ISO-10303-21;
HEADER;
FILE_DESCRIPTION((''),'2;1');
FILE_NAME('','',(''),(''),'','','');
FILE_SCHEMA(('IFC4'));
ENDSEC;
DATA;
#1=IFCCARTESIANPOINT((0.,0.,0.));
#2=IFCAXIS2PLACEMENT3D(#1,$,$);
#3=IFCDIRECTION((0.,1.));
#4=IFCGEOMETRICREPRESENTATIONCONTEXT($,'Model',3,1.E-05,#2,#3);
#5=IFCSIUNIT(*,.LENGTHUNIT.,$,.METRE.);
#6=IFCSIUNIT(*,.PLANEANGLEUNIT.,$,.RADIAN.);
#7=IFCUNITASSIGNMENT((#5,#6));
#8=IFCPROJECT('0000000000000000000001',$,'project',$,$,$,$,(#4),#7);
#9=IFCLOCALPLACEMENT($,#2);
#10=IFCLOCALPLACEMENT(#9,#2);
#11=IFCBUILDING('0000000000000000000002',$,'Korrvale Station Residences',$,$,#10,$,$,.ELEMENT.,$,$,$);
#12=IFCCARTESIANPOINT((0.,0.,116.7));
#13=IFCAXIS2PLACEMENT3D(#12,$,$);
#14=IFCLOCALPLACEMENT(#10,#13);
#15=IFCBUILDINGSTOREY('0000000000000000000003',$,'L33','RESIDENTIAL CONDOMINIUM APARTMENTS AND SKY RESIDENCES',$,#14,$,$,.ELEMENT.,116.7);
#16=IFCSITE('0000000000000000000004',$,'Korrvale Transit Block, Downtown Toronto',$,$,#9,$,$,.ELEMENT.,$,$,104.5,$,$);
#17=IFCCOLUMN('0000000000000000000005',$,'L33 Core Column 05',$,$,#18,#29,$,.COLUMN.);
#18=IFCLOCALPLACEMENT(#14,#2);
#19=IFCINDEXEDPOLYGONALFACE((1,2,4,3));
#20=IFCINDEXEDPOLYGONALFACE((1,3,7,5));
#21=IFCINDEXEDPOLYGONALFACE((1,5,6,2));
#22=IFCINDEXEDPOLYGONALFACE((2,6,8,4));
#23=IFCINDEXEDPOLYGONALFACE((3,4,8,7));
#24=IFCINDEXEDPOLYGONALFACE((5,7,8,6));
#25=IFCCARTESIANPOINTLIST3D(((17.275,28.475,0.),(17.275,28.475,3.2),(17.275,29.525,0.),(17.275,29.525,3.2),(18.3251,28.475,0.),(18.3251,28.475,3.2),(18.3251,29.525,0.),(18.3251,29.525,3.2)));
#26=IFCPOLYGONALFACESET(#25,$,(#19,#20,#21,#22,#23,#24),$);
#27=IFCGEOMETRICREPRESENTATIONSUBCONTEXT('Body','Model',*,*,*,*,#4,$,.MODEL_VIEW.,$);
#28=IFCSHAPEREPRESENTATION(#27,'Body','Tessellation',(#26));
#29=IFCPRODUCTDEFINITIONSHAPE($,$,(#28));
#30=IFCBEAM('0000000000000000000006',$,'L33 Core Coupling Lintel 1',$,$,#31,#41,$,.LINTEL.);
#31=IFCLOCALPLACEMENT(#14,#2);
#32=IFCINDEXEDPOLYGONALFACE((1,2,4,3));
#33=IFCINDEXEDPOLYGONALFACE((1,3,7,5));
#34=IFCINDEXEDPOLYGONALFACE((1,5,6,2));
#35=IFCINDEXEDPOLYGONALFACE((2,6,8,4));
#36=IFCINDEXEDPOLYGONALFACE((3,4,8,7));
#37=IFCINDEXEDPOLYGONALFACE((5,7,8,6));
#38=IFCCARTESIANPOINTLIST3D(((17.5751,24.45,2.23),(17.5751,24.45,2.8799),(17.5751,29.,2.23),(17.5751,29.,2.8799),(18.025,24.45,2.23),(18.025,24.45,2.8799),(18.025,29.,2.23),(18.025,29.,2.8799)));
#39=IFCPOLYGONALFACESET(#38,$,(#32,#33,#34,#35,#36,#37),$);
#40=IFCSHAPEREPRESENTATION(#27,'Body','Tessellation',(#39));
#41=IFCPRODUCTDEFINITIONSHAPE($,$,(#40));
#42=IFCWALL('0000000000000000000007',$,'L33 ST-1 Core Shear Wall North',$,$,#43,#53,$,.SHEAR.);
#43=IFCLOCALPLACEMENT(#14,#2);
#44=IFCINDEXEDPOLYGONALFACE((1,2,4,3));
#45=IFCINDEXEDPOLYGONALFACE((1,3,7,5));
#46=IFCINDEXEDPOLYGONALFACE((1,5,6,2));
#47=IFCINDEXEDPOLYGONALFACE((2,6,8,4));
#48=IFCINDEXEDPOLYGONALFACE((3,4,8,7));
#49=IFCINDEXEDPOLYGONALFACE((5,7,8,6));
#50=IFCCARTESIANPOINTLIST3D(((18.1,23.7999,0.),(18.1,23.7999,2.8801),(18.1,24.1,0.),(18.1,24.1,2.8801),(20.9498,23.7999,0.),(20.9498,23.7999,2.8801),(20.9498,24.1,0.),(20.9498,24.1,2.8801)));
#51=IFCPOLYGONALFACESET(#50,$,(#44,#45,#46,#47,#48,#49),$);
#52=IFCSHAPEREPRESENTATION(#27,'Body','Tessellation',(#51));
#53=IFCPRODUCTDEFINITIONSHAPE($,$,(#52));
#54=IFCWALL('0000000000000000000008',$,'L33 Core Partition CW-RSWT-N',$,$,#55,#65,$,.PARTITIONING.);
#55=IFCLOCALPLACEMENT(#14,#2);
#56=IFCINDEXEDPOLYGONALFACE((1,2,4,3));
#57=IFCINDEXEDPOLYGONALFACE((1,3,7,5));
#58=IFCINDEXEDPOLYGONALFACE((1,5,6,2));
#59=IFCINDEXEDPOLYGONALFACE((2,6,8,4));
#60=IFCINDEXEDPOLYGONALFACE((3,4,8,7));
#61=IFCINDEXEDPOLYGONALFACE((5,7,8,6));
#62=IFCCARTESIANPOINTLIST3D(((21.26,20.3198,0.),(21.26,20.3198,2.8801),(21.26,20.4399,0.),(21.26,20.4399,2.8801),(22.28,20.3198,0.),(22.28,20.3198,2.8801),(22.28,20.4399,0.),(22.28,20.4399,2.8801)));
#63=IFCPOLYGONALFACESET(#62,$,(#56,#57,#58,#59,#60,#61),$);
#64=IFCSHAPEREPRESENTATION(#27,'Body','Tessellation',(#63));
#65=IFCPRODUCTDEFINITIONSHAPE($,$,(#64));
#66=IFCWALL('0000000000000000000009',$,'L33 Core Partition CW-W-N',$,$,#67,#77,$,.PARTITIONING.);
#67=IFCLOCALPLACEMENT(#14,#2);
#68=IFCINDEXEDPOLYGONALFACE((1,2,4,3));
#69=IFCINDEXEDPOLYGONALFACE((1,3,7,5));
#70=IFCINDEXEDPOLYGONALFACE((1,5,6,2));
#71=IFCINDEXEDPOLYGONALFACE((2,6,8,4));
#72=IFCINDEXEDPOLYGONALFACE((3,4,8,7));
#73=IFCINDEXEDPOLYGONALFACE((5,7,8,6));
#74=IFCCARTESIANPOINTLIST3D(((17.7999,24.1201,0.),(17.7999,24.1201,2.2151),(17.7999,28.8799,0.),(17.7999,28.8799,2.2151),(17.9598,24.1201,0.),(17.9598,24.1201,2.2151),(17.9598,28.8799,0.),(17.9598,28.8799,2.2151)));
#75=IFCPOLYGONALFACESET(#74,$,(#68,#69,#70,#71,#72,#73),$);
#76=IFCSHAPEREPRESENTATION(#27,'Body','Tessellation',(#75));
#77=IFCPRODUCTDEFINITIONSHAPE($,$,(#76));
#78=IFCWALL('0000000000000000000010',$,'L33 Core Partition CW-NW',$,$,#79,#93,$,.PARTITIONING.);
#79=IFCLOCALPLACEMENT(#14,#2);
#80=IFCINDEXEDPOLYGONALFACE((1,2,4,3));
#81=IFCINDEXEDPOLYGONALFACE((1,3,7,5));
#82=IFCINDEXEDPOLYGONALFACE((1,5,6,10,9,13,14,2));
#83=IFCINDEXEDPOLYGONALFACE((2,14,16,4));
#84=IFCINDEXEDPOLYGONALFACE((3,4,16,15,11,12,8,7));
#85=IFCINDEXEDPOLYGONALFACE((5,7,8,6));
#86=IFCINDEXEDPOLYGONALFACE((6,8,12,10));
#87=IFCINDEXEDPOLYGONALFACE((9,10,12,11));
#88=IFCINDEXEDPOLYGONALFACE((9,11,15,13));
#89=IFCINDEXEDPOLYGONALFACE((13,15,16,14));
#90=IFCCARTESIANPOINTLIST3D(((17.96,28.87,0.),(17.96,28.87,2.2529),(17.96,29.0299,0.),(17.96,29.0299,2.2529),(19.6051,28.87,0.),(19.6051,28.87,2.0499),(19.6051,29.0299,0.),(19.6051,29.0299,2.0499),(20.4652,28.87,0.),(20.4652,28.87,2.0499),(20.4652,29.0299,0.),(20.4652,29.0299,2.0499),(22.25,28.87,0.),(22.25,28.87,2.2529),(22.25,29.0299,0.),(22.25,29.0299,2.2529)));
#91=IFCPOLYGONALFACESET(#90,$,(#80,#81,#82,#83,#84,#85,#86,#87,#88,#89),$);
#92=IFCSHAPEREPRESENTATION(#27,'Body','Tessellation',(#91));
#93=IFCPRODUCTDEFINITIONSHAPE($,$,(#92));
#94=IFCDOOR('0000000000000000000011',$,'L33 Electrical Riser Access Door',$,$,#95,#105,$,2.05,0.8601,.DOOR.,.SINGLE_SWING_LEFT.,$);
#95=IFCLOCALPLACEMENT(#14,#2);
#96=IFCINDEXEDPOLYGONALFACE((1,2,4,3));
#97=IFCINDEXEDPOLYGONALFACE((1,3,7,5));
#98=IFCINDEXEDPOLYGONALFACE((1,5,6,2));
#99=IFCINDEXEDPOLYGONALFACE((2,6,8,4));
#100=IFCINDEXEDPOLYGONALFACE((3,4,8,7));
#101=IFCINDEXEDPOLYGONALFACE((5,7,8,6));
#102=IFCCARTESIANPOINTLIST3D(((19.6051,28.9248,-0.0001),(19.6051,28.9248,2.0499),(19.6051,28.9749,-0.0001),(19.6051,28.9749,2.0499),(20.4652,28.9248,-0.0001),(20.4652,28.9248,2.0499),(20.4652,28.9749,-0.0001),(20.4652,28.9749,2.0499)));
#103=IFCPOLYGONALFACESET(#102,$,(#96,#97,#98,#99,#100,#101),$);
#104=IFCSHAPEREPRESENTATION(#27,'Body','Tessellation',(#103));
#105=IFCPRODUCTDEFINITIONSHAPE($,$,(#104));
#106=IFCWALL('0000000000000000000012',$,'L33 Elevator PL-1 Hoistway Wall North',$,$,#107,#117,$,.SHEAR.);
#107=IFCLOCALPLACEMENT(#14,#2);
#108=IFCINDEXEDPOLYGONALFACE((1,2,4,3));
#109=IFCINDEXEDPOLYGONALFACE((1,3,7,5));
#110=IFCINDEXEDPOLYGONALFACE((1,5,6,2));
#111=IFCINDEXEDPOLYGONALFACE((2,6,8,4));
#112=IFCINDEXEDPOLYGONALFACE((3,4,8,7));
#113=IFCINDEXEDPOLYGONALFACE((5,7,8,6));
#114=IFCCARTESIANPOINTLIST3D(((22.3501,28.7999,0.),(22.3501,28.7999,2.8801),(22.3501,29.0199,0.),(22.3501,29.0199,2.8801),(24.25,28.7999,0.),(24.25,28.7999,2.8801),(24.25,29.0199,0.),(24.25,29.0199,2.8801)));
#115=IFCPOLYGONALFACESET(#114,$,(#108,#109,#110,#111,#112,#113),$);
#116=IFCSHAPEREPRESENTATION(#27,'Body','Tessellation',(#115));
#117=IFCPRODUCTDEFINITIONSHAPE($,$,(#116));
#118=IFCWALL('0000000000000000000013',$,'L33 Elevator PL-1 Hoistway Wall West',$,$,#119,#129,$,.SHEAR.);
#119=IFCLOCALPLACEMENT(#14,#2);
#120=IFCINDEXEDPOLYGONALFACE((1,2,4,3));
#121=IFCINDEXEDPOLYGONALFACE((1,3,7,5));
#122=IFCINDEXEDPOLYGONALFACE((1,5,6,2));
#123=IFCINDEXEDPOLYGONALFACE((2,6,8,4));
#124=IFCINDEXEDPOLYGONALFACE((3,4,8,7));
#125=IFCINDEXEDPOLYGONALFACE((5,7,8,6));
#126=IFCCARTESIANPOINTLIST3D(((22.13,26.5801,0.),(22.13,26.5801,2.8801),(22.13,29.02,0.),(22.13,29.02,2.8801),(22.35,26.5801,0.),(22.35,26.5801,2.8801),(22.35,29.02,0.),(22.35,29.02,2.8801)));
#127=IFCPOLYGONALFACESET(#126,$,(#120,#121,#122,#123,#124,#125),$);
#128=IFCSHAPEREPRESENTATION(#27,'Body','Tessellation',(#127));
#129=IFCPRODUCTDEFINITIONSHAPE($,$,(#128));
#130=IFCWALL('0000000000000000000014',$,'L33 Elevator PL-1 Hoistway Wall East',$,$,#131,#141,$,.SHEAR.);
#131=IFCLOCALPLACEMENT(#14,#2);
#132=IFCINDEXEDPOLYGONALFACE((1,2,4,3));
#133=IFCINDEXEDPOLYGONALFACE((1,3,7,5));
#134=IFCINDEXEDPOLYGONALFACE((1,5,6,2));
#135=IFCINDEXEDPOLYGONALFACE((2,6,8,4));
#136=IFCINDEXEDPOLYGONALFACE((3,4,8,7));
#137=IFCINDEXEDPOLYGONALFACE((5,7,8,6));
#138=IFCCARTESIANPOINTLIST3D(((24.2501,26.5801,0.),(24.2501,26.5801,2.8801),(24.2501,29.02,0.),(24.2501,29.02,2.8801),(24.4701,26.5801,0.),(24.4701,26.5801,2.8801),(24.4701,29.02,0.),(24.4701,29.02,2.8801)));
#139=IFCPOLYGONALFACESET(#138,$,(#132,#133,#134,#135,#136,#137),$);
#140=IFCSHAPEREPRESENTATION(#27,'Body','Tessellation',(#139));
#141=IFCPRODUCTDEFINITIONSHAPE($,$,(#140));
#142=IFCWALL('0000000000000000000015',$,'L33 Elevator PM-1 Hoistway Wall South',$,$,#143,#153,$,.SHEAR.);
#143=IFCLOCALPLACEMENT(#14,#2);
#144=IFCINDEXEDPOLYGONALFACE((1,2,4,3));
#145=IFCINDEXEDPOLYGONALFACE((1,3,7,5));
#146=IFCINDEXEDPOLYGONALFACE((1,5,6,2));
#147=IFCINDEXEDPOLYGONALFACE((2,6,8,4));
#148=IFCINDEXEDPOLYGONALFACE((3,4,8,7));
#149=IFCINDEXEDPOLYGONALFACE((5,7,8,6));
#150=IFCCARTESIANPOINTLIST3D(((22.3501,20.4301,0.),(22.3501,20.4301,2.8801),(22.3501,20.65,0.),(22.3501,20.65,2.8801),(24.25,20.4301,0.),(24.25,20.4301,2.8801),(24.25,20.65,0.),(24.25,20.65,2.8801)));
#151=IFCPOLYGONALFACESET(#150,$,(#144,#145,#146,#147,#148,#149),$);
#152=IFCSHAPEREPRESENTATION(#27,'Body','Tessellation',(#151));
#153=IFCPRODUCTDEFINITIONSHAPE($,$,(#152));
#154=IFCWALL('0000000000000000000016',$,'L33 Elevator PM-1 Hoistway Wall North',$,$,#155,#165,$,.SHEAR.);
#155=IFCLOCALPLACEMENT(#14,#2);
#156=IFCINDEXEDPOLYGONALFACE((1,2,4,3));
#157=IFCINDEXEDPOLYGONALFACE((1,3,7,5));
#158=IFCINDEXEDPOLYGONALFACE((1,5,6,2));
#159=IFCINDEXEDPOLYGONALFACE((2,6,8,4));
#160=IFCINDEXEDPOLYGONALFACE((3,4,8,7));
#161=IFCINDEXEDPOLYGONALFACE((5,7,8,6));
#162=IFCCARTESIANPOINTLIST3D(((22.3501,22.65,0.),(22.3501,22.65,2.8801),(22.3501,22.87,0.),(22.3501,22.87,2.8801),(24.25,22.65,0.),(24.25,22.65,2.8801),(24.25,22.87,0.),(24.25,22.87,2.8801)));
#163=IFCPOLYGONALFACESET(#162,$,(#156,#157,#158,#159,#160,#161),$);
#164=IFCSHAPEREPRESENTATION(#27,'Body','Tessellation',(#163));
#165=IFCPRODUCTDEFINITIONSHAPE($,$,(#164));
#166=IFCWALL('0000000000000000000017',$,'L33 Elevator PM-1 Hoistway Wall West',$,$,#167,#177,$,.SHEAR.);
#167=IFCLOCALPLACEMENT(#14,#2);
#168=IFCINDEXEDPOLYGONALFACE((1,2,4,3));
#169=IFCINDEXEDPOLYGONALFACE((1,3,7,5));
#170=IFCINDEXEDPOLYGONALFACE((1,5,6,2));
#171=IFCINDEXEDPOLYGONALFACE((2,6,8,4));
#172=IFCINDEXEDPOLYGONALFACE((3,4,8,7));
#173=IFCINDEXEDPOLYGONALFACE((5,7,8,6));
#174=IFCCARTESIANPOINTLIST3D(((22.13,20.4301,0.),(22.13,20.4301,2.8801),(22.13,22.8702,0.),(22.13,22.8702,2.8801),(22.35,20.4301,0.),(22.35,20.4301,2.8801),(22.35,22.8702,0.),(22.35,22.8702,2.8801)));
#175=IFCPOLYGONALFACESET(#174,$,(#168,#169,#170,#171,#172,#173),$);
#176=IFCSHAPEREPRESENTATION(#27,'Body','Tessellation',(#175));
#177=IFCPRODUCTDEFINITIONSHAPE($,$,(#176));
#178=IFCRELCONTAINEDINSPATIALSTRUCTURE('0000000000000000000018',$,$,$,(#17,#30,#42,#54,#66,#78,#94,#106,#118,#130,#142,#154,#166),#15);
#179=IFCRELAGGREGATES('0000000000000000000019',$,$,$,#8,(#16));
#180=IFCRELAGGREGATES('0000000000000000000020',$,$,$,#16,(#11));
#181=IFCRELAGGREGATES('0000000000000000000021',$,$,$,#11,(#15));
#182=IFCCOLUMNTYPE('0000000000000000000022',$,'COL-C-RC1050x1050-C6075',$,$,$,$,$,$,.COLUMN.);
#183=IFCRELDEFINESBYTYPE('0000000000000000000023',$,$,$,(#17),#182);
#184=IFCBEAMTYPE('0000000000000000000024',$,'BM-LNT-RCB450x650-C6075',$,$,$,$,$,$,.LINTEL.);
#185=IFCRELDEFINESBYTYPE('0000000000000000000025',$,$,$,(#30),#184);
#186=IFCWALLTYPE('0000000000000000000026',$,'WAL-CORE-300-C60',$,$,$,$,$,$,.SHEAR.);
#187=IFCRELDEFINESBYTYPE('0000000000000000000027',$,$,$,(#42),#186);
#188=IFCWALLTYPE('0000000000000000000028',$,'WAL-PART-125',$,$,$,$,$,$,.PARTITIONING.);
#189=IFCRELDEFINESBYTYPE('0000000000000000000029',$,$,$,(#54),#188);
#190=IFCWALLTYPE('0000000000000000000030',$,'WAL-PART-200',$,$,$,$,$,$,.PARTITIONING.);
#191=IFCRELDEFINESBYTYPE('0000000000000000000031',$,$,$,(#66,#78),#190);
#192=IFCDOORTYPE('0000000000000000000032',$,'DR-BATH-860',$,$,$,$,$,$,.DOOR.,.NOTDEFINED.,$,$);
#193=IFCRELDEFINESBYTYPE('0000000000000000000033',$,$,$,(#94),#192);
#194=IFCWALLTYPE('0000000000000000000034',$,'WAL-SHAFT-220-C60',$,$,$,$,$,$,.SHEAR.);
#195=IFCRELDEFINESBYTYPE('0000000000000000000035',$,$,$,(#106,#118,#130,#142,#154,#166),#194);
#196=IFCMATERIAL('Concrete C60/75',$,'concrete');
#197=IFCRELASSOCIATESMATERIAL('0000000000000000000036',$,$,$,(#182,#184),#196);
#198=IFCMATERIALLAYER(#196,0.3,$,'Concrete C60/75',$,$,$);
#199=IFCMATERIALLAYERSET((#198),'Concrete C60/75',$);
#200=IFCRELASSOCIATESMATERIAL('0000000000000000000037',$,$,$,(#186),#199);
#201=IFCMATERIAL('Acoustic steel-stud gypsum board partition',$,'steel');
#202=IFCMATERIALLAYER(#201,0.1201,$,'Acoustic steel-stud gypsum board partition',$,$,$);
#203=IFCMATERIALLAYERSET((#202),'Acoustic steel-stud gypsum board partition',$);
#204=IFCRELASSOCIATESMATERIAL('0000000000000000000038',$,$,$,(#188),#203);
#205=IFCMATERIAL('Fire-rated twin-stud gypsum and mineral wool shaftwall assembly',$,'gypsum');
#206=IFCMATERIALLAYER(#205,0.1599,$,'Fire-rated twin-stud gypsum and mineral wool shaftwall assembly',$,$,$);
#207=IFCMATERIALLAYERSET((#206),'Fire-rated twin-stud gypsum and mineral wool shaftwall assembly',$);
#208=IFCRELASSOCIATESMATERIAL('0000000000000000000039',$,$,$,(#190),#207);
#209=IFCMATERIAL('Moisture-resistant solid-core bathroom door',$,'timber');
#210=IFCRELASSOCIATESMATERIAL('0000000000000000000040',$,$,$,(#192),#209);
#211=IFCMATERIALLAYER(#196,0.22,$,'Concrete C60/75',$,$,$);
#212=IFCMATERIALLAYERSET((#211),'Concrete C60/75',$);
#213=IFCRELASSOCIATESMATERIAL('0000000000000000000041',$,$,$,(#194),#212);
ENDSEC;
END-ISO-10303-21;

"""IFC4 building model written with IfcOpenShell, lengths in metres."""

from ifc_helpers import new_model, si_unit, direction, frame, frame_2d, origin, origin_2d, place, context, subcontext, project, spatial, rectangle, extrude, material, layer, layer_set, material_profile, profile_set, type_object, element, fill, save


model = new_model("IFC4")

# Units and contexts
model_context = context("Model", 3, precision=1e-05, world=origin(), true_north=direction((0.0, 1.0)))
body_context = subcontext(model_context, "Body", "Model", "MODEL_VIEW")
ifc_project = project(units=[si_unit("LENGTHUNIT", "METRE"), si_unit("PLANEANGLEUNIT", "RADIAN")], contexts=[model_context])

# Site, building, storey
site_placement = place(None, origin())
site = spatial("IfcSite", under=ifc_project, at=site_placement, Name="Korrvale Transit Block, Downtown Toronto", CompositionType="ELEMENT", RefElevation=104.5)
building_placement = place(site_placement, origin())
building = spatial("IfcBuilding", under=site, at=building_placement, Name="Korrvale Station Residences", CompositionType="ELEMENT")
storey_placement = place(building_placement, frame((0.0, 0.0, 116.7)))
storey = spatial("IfcBuildingStorey", under=building, at=storey_placement, Name="L33", Description="RESIDENTIAL CONDOMINIUM APARTMENTS AND SKY RESIDENCES", CompositionType="ELEMENT", Elevation=116.7)

# Column
ifc_material_1 = material(Name="Concrete C60/75", Category="concrete")
ifc_material_profile_1 = material_profile(ifc_material_1, rectangle(XDim=1.05, YDim=1.05, at=origin_2d()), Name="RC1050x1050")
ifc_profile_set_1 = profile_set([ifc_material_profile_1], Name="Concrete C60/75")
column_type = type_object("IfcColumnType", Name="COL-C-RC1050x1050-C6075", PredefinedType="COLUMN", material=ifc_profile_set_1)
column_placement = place(storey_placement, frame((17.8, 29.0, 0.0), z_axis=(0.0, 0.0, 1.0), x_axis=(1.0, 0.0, 0.0)))
element("IfcColumn", 1, at=column_placement, inside=storey, type_object=column_type, Name="L33 Core Column 05", PredefinedType="COLUMN", context=body_context, shape_type="SweptSolid", body=[
    extrude(rectangle(XDim=1.05, YDim=1.05, at=origin_2d()), origin(), (0.0, 0.0, 1.0), 3.2),
])

# Beam
ifc_material_profile_2 = material_profile(ifc_material_1, rectangle(XDim=0.45, YDim=0.6499, at=origin_2d()), Name="RCB450x650")
ifc_profile_set_2 = profile_set([ifc_material_profile_2], Name="Concrete C60/75")
beam_type = type_object("IfcBeamType", Name="BM-LNT-RCB450x650-C6075", PredefinedType="LINTEL", material=ifc_profile_set_2)
beam_placement = place(storey_placement, frame((17.8, 24.45, 2.5549), z_axis=(0.0, 1.0, 0.0), x_axis=(-1.0, 0.0, 0.0)))
element("IfcBeam", 2, at=beam_placement, inside=storey, type_object=beam_type, Name="L33 Core Coupling Lintel 1", PredefinedType="LINTEL", context=body_context, shape_type="SweptSolid", body=[
    extrude(rectangle(XDim=0.45, YDim=0.6499, at=origin_2d()), origin(), (0.0, 0.0, 1.0), 4.55),
])

# Walls
ifc_layer_1 = layer(ifc_material_1, 0.3, Name="Concrete C60/75")
ifc_layer_set_1 = layer_set([ifc_layer_1], Name="Concrete C60/75")
wall_type_1 = type_object("IfcWallType", Name="WAL-CORE-300-C60", PredefinedType="SHEAR", material=ifc_layer_set_1)
wall_1_placement = place(storey_placement, frame((18.1001, 23.95, 0.0), z_axis=(0.0, 0.0, 1.0), x_axis=(1.0, 0.0, 0.0)))
element("IfcWall", 3, at=wall_1_placement, inside=storey, type_object=wall_type_1, Name="L33 ST-1 Core Shear Wall North", PredefinedType="SHEAR", context=body_context, shape_type="SweptSolid", body=[
    extrude(rectangle(XDim=2.8499, YDim=0.3, at=frame_2d((1.4248, 0.0))), origin(), (0.0, 0.0, 1.0), 2.8801),
])
ifc_material_2 = material(Name="Acoustic steel-stud gypsum board partition", Category="steel")
ifc_layer_2 = layer(ifc_material_2, 0.1201, Name="Acoustic steel-stud gypsum board partition")
ifc_layer_set_2 = layer_set([ifc_layer_2], Name="Acoustic steel-stud gypsum board partition")
wall_type_2 = type_object("IfcWallType", Name="WAL-PART-125", PredefinedType="PARTITIONING", material=ifc_layer_set_2)
wall_2_placement = place(storey_placement, frame((22.28, 20.3799, 0.0), z_axis=(0.0, 0.0, 1.0), x_axis=(-1.0, 0.0, 0.0)))
element("IfcWall", 4, at=wall_2_placement, inside=storey, type_object=wall_type_2, Name="L33 Core Partition CW-RSWT-N", PredefinedType="PARTITIONING", context=body_context, shape_type="SweptSolid", body=[
    extrude(rectangle(XDim=1.02, YDim=0.1201, at=frame_2d((0.51, 0.0))), origin(), (0.0, 0.0, 1.0), 2.8801),
])
ifc_material_3 = material(Name="Fire-rated twin-stud gypsum and mineral wool shaftwall assembly", Category="gypsum")
ifc_layer_3 = layer(ifc_material_3, 0.1599, Name="Fire-rated twin-stud gypsum and mineral wool shaftwall assembly")
ifc_layer_set_3 = layer_set([ifc_layer_3], Name="Fire-rated twin-stud gypsum and mineral wool shaftwall assembly")
wall_type_3 = type_object("IfcWallType", Name="WAL-PART-200", PredefinedType="PARTITIONING", material=ifc_layer_set_3)
wall_3_placement = place(storey_placement, frame((17.8799, 24.1201, 0.0), z_axis=(0.0, 0.0, 1.0), x_axis=(0.0, 1.0, 0.0)))
element("IfcWall", 5, at=wall_3_placement, inside=storey, type_object=wall_type_3, Name="L33 Core Partition CW-W-N", PredefinedType="PARTITIONING", context=body_context, shape_type="SweptSolid", body=[
    extrude(rectangle(XDim=4.7598, YDim=0.1599, at=frame_2d((2.3799, 0.0))), origin(), (0.0, 0.0, 1.0), 2.2151),
])

# Wall, opening, door
wall_4_placement = place(storey_placement, frame((17.96, 28.95, 0.0), z_axis=(0.0, 0.0, 1.0), x_axis=(1.0, 0.0, 0.0)))
wall_4 = element("IfcWall", 6, at=wall_4_placement, inside=storey, type_object=wall_type_3, Name="L33 Core Partition CW-NW", PredefinedType="PARTITIONING", context=body_context, shape_type="SweptSolid", body=[
    extrude(rectangle(XDim=4.29, YDim=0.1599, at=frame_2d((2.145, 0.0))), origin(), (0.0, 0.0, 1.0), 2.2529),
])
opening_1_placement = place(wall_4_placement, frame((1.645, 0.0, 0.0)))
opening_1 = element("IfcOpeningElement", 7, at=opening_1_placement, cuts=wall_4, PredefinedType="OPENING", context=body_context, shape_type="SweptSolid", body=[
    extrude(rectangle(XDim=0.8601, YDim=2.05, at=frame_2d((0.4302, 1.0249))), frame((0.0, 0.0898, 0.0), z_axis=(0.0, -1.0, 0.0), x_axis=(1.0, 0.0, 0.0)), (0.0, 0.0, 1.0), 0.1799),
])
ifc_material_4 = material(Name="Moisture-resistant solid-core bathroom door", Category="timber")
door_type_1 = type_object("IfcDoorType", Name="DR-BATH-860", OperationType="NOTDEFINED", PredefinedType="DOOR", material=ifc_material_4)
door_1_placement = place(opening_1_placement, origin())
door_1 = element("IfcDoor", 8, at=door_1_placement, inside=storey, type_object=door_type_1, Name="L33 Electrical Riser Access Door", OperationType="SINGLE_SWING_LEFT", OverallHeight=2.05, OverallWidth=0.8601, PredefinedType="DOOR", context=body_context, shape_type="SweptSolid", body=[
    extrude(rectangle(XDim=0.8601, YDim=2.05, at=frame_2d((0.4302, 1.0249))), frame((0.0, 0.0249, 0.0), z_axis=(0.0, -1.0, 0.0), x_axis=(1.0, 0.0, 0.0)), (0.0, 0.0, 1.0), 0.05),
])
fill(opening_1, door_1)
ifc_layer_4 = layer(ifc_material_1, 0.22, Name="Concrete C60/75")
ifc_layer_set_4 = layer_set([ifc_layer_4], Name="Concrete C60/75")
wall_type_4 = type_object("IfcWallType", Name="WAL-SHAFT-220-C60", PredefinedType="SHEAR", material=ifc_layer_set_4)

# Walls
wall_5_placement = place(storey_placement, frame((22.3501, 28.9099, 0.0), z_axis=(0.0, 0.0, 1.0), x_axis=(1.0, 0.0, 0.0)))
element("IfcWall", 9, at=wall_5_placement, inside=storey, type_object=wall_type_4, Name="L33 Elevator PL-1 Hoistway Wall North", PredefinedType="SHEAR", context=body_context, shape_type="SweptSolid", body=[
    extrude(rectangle(XDim=1.8999, YDim=0.22, at=frame_2d((0.95, 0.0))), origin(), (0.0, 0.0, 1.0), 2.8801),
])
for number, where, z_axis, x_axis, name in (
    (10, (22.24, 26.5801, 0.0), (0.0, 0.0, 1.0), (0.0, 1.0, 0.0), "L33 Elevator PL-1 Hoistway Wall West"),
    (11, (24.3601, 26.5801, 0.0), (0.0, 0.0, 1.0), (0.0, 1.0, 0.0), "L33 Elevator PL-1 Hoistway Wall East"),
):
    element("IfcWall", number, at=place(storey_placement, frame(where, z_axis=z_axis, x_axis=x_axis)), inside=storey, type_object=wall_type_4, Name=name, PredefinedType="SHEAR", context=body_context, shape_type="SweptSolid", body=[
        extrude(rectangle(XDim=2.4399, YDim=0.22, at=frame_2d((1.22, 0.0))), origin(), (0.0, 0.0, 1.0), 2.8801),
    ])
for number, where, z_axis, x_axis, name in (
    (12, (22.3501, 20.54, 0.0), (0.0, 0.0, 1.0), (1.0, 0.0, 0.0), "L33 Elevator PM-1 Hoistway Wall South"),
    (13, (22.3501, 22.76, 0.0), (0.0, 0.0, 1.0), (1.0, 0.0, 0.0), "L33 Elevator PM-1 Hoistway Wall North"),
):
    element("IfcWall", number, at=place(storey_placement, frame(where, z_axis=z_axis, x_axis=x_axis)), inside=storey, type_object=wall_type_4, Name=name, PredefinedType="SHEAR", context=body_context, shape_type="SweptSolid", body=[
        extrude(rectangle(XDim=1.8999, YDim=0.22, at=frame_2d((0.95, 0.0))), origin(), (0.0, 0.0, 1.0), 2.8801),
    ])
wall_6_placement = place(storey_placement, frame((22.24, 20.4299, 0.0), z_axis=(0.0, 0.0, 1.0), x_axis=(0.0, 1.0, 0.0)))
element("IfcWall", 14, at=wall_6_placement, inside=storey, type_object=wall_type_4, Name="L33 Elevator PM-1 Hoistway Wall West", PredefinedType="SHEAR", context=body_context, shape_type="SweptSolid", body=[
    extrude(rectangle(XDim=2.4402, YDim=0.22, at=frame_2d((1.2202, 0.0))), origin(), (0.0, 0.0, 1.0), 2.8801),
])

save(model, "model.ifc")
